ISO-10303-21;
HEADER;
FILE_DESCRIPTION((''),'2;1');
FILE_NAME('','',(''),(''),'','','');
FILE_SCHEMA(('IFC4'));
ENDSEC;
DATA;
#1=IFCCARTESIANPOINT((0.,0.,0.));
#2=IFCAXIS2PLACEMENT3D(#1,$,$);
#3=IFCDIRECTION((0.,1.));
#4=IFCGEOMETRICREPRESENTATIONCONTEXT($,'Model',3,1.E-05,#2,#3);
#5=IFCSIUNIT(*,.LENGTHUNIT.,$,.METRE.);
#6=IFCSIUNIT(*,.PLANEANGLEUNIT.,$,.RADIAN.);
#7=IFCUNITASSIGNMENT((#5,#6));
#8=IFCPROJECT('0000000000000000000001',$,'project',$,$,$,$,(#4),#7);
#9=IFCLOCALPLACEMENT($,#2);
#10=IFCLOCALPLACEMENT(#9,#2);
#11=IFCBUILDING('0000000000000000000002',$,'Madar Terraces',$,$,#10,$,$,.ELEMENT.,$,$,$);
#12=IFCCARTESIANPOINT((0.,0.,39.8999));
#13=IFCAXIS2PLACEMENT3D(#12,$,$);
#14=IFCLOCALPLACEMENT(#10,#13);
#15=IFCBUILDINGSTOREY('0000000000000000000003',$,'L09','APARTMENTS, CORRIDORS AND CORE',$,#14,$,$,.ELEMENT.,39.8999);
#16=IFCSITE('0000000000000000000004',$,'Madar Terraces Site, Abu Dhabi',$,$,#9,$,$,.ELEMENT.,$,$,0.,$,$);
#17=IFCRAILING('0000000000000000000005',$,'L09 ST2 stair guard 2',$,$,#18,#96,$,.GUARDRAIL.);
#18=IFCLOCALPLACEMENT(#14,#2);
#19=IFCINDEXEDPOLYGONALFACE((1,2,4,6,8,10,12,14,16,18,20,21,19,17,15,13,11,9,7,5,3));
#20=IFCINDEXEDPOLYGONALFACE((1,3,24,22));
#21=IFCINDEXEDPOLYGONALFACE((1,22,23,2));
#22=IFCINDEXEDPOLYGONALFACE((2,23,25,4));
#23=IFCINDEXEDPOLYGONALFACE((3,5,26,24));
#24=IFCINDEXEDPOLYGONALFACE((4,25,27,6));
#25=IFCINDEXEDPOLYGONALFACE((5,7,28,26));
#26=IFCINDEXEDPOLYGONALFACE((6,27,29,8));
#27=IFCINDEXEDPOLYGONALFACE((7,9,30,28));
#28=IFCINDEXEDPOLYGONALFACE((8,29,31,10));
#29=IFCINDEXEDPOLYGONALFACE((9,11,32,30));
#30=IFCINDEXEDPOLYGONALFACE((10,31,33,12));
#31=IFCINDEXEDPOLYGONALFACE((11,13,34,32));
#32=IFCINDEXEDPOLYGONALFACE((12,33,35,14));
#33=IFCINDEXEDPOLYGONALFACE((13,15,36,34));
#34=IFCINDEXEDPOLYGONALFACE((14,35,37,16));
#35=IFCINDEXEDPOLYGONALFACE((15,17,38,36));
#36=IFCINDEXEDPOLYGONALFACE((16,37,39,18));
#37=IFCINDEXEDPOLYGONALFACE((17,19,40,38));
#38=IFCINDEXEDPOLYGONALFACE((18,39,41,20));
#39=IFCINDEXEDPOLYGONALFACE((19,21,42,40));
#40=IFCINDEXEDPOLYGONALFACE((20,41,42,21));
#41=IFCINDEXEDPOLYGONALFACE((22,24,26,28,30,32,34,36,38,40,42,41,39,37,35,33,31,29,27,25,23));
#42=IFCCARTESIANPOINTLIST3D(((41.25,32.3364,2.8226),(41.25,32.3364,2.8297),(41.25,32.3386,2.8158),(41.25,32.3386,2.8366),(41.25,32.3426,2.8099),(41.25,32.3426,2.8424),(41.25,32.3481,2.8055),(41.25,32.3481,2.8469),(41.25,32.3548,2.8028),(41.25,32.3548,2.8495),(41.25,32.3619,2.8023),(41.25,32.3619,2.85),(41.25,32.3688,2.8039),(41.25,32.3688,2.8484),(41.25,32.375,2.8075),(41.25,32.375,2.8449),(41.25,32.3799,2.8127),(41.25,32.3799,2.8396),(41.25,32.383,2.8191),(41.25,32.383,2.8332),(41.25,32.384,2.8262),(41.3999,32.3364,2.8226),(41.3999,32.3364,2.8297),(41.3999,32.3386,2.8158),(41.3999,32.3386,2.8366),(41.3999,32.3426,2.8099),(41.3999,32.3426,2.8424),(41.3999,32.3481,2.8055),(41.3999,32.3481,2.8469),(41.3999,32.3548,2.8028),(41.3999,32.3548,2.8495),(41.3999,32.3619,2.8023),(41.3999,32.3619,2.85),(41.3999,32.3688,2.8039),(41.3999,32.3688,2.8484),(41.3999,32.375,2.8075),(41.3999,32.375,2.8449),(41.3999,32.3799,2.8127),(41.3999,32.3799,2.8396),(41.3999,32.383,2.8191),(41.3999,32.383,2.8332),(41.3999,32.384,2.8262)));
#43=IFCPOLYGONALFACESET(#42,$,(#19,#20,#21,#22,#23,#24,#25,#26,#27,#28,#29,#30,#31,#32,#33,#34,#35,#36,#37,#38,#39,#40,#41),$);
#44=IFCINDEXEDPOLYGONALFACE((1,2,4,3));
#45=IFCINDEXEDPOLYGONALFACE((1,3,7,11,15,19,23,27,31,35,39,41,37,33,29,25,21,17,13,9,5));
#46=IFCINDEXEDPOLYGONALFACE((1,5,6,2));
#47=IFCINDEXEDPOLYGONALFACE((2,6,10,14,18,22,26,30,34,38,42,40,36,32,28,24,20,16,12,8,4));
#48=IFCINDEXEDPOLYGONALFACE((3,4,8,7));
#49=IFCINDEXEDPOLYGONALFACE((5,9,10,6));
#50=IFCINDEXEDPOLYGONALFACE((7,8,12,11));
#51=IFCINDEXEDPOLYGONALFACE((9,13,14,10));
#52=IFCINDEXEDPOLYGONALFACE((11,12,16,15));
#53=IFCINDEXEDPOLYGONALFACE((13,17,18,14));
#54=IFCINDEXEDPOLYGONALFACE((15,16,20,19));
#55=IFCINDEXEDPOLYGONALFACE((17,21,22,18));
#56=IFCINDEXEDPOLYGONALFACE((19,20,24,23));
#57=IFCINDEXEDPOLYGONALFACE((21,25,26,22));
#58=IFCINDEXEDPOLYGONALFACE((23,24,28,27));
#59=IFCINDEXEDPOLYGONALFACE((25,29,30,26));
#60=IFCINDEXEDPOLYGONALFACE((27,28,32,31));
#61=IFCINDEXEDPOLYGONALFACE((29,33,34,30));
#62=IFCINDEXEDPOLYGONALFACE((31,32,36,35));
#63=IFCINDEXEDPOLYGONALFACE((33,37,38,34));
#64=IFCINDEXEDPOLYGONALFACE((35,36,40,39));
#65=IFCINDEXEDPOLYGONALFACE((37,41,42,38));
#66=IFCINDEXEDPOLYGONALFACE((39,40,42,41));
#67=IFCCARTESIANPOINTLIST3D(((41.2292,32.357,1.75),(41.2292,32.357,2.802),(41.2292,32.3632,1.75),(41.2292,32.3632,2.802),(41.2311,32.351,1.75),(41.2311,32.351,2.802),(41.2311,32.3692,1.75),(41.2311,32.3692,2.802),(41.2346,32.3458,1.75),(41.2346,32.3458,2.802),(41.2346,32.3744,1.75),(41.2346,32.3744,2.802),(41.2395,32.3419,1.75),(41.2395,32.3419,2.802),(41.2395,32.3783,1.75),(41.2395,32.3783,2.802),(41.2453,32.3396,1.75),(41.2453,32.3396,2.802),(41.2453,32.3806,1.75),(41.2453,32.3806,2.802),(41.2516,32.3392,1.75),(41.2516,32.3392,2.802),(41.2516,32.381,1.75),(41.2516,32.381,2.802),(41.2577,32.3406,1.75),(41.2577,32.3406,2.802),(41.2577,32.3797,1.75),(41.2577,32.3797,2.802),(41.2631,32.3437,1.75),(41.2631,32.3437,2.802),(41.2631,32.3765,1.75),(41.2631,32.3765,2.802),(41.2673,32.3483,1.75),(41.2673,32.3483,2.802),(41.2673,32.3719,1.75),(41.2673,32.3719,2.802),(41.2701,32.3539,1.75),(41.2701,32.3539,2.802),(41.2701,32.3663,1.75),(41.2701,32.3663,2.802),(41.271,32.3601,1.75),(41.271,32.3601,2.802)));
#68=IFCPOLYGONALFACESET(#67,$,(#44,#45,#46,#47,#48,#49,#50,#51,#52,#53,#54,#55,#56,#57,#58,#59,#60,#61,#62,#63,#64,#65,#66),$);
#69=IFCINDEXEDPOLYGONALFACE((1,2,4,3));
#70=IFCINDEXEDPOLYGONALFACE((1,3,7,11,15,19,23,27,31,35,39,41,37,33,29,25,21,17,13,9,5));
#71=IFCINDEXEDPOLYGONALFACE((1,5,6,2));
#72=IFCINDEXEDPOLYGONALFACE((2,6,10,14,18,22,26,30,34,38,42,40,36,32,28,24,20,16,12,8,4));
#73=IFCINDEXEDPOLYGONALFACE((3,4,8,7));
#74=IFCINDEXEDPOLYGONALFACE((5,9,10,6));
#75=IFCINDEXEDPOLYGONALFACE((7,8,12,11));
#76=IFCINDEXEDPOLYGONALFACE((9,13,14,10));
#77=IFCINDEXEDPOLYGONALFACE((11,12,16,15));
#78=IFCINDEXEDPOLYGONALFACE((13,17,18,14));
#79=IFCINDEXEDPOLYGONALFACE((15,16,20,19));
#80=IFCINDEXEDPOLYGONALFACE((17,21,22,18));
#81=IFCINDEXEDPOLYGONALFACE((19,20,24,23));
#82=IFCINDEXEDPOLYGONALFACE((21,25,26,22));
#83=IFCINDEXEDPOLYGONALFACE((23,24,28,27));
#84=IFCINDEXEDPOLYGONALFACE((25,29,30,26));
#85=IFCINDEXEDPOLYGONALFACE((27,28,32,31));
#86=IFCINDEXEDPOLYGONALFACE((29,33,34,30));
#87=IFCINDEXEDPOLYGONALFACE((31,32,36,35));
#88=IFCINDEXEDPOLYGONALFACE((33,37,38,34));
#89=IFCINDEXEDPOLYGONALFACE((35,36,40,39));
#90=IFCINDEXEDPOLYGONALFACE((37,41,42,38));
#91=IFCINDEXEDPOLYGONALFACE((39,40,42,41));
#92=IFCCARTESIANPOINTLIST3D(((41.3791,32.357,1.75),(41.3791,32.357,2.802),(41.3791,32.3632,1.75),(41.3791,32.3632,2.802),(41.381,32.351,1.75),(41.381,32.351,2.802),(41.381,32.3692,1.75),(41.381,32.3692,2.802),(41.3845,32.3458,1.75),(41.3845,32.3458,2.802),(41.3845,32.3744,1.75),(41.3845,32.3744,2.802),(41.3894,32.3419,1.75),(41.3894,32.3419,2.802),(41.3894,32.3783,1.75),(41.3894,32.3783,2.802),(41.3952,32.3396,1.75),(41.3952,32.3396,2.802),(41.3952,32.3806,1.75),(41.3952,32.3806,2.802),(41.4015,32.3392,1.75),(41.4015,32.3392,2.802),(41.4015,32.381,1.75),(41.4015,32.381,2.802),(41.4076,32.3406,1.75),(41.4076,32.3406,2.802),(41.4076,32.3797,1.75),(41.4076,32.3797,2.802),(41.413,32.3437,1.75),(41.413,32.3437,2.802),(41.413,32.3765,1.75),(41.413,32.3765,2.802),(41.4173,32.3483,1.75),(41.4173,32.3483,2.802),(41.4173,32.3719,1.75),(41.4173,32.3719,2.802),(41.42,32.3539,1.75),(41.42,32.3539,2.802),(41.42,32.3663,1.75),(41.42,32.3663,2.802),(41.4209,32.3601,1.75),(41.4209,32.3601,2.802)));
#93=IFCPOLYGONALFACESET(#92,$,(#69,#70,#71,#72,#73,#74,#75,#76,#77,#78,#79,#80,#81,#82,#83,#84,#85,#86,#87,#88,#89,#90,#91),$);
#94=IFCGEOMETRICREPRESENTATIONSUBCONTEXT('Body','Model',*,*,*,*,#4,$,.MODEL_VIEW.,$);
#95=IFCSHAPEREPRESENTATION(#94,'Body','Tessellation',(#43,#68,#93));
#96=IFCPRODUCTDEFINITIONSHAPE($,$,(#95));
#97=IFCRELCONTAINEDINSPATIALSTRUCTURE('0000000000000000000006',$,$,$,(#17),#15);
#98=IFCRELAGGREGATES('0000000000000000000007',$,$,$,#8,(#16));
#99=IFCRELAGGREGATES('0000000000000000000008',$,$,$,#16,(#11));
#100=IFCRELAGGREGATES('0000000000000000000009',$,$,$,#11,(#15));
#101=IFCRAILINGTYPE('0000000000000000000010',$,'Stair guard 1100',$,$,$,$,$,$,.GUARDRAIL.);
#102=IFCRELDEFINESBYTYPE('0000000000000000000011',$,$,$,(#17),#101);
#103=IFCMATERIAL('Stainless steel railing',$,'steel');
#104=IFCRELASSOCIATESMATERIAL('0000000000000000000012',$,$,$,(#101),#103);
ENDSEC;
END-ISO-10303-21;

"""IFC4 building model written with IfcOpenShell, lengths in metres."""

from ifc_helpers import new_model, si_unit, direction, frame, origin, origin_2d, place, context, subcontext, project, spatial, circle, extrude, material, type_object, element, save


model = new_model("IFC4")

# Units and contexts
model_context = context("Model", 3, precision=1e-05, world=origin(), true_north=direction((0.0, 1.0)))
body_context = subcontext(model_context, "Body", "Model", "MODEL_VIEW")
ifc_project = project(units=[si_unit("LENGTHUNIT", "METRE"), si_unit("PLANEANGLEUNIT", "RADIAN")], contexts=[model_context])

# Site, building, storey
site_placement = place(None, origin())
site = spatial("IfcSite", under=ifc_project, at=site_placement, Name="Madar Terraces Site, Abu Dhabi", CompositionType="ELEMENT", RefElevation=0.0)
building_placement = place(site_placement, origin())
building = spatial("IfcBuilding", under=site, at=building_placement, Name="Madar Terraces", CompositionType="ELEMENT")
storey_placement = place(building_placement, frame((0.0, 0.0, 39.8999)))
storey = spatial("IfcBuildingStorey", under=building, at=storey_placement, Name="L09", Description="APARTMENTS, CORRIDORS AND CORE", CompositionType="ELEMENT", Elevation=39.8999)

# Railing
ifc_material_1 = material(Name="Stainless steel railing", Category="steel")
railing_type_1 = type_object("IfcRailingType", Name="Stair guard 1100", PredefinedType="GUARDRAIL", material=ifc_material_1)
railing_1_placement = place(storey_placement, frame((41.25, 32.3601, 1.75)))
element("IfcRailing", 1, at=railing_1_placement, inside=storey, type_object=railing_type_1, Name="L09 ST2 stair guard 2", PredefinedType="GUARDRAIL", context=body_context, shape_type="SweptSolid", body=[
    extrude(circle(Radius=0.0239, at=origin_2d()), frame((0.0, 0.0, 1.0762), z_axis=(1.0, 0.0, 0.0), x_axis=(0.0, 1.0, 0.0)), (0.0, 0.0, 1.0), 0.1499),
    extrude(circle(Radius=0.021, at=origin_2d()), origin(), (0.0, 0.0, 1.0), 1.052),
    extrude(circle(Radius=0.021, at=origin_2d()), frame((0.1499, 0.0, 0.0)), (0.0, 0.0, 1.0), 1.052),
])

save(model, "model.ifc")
